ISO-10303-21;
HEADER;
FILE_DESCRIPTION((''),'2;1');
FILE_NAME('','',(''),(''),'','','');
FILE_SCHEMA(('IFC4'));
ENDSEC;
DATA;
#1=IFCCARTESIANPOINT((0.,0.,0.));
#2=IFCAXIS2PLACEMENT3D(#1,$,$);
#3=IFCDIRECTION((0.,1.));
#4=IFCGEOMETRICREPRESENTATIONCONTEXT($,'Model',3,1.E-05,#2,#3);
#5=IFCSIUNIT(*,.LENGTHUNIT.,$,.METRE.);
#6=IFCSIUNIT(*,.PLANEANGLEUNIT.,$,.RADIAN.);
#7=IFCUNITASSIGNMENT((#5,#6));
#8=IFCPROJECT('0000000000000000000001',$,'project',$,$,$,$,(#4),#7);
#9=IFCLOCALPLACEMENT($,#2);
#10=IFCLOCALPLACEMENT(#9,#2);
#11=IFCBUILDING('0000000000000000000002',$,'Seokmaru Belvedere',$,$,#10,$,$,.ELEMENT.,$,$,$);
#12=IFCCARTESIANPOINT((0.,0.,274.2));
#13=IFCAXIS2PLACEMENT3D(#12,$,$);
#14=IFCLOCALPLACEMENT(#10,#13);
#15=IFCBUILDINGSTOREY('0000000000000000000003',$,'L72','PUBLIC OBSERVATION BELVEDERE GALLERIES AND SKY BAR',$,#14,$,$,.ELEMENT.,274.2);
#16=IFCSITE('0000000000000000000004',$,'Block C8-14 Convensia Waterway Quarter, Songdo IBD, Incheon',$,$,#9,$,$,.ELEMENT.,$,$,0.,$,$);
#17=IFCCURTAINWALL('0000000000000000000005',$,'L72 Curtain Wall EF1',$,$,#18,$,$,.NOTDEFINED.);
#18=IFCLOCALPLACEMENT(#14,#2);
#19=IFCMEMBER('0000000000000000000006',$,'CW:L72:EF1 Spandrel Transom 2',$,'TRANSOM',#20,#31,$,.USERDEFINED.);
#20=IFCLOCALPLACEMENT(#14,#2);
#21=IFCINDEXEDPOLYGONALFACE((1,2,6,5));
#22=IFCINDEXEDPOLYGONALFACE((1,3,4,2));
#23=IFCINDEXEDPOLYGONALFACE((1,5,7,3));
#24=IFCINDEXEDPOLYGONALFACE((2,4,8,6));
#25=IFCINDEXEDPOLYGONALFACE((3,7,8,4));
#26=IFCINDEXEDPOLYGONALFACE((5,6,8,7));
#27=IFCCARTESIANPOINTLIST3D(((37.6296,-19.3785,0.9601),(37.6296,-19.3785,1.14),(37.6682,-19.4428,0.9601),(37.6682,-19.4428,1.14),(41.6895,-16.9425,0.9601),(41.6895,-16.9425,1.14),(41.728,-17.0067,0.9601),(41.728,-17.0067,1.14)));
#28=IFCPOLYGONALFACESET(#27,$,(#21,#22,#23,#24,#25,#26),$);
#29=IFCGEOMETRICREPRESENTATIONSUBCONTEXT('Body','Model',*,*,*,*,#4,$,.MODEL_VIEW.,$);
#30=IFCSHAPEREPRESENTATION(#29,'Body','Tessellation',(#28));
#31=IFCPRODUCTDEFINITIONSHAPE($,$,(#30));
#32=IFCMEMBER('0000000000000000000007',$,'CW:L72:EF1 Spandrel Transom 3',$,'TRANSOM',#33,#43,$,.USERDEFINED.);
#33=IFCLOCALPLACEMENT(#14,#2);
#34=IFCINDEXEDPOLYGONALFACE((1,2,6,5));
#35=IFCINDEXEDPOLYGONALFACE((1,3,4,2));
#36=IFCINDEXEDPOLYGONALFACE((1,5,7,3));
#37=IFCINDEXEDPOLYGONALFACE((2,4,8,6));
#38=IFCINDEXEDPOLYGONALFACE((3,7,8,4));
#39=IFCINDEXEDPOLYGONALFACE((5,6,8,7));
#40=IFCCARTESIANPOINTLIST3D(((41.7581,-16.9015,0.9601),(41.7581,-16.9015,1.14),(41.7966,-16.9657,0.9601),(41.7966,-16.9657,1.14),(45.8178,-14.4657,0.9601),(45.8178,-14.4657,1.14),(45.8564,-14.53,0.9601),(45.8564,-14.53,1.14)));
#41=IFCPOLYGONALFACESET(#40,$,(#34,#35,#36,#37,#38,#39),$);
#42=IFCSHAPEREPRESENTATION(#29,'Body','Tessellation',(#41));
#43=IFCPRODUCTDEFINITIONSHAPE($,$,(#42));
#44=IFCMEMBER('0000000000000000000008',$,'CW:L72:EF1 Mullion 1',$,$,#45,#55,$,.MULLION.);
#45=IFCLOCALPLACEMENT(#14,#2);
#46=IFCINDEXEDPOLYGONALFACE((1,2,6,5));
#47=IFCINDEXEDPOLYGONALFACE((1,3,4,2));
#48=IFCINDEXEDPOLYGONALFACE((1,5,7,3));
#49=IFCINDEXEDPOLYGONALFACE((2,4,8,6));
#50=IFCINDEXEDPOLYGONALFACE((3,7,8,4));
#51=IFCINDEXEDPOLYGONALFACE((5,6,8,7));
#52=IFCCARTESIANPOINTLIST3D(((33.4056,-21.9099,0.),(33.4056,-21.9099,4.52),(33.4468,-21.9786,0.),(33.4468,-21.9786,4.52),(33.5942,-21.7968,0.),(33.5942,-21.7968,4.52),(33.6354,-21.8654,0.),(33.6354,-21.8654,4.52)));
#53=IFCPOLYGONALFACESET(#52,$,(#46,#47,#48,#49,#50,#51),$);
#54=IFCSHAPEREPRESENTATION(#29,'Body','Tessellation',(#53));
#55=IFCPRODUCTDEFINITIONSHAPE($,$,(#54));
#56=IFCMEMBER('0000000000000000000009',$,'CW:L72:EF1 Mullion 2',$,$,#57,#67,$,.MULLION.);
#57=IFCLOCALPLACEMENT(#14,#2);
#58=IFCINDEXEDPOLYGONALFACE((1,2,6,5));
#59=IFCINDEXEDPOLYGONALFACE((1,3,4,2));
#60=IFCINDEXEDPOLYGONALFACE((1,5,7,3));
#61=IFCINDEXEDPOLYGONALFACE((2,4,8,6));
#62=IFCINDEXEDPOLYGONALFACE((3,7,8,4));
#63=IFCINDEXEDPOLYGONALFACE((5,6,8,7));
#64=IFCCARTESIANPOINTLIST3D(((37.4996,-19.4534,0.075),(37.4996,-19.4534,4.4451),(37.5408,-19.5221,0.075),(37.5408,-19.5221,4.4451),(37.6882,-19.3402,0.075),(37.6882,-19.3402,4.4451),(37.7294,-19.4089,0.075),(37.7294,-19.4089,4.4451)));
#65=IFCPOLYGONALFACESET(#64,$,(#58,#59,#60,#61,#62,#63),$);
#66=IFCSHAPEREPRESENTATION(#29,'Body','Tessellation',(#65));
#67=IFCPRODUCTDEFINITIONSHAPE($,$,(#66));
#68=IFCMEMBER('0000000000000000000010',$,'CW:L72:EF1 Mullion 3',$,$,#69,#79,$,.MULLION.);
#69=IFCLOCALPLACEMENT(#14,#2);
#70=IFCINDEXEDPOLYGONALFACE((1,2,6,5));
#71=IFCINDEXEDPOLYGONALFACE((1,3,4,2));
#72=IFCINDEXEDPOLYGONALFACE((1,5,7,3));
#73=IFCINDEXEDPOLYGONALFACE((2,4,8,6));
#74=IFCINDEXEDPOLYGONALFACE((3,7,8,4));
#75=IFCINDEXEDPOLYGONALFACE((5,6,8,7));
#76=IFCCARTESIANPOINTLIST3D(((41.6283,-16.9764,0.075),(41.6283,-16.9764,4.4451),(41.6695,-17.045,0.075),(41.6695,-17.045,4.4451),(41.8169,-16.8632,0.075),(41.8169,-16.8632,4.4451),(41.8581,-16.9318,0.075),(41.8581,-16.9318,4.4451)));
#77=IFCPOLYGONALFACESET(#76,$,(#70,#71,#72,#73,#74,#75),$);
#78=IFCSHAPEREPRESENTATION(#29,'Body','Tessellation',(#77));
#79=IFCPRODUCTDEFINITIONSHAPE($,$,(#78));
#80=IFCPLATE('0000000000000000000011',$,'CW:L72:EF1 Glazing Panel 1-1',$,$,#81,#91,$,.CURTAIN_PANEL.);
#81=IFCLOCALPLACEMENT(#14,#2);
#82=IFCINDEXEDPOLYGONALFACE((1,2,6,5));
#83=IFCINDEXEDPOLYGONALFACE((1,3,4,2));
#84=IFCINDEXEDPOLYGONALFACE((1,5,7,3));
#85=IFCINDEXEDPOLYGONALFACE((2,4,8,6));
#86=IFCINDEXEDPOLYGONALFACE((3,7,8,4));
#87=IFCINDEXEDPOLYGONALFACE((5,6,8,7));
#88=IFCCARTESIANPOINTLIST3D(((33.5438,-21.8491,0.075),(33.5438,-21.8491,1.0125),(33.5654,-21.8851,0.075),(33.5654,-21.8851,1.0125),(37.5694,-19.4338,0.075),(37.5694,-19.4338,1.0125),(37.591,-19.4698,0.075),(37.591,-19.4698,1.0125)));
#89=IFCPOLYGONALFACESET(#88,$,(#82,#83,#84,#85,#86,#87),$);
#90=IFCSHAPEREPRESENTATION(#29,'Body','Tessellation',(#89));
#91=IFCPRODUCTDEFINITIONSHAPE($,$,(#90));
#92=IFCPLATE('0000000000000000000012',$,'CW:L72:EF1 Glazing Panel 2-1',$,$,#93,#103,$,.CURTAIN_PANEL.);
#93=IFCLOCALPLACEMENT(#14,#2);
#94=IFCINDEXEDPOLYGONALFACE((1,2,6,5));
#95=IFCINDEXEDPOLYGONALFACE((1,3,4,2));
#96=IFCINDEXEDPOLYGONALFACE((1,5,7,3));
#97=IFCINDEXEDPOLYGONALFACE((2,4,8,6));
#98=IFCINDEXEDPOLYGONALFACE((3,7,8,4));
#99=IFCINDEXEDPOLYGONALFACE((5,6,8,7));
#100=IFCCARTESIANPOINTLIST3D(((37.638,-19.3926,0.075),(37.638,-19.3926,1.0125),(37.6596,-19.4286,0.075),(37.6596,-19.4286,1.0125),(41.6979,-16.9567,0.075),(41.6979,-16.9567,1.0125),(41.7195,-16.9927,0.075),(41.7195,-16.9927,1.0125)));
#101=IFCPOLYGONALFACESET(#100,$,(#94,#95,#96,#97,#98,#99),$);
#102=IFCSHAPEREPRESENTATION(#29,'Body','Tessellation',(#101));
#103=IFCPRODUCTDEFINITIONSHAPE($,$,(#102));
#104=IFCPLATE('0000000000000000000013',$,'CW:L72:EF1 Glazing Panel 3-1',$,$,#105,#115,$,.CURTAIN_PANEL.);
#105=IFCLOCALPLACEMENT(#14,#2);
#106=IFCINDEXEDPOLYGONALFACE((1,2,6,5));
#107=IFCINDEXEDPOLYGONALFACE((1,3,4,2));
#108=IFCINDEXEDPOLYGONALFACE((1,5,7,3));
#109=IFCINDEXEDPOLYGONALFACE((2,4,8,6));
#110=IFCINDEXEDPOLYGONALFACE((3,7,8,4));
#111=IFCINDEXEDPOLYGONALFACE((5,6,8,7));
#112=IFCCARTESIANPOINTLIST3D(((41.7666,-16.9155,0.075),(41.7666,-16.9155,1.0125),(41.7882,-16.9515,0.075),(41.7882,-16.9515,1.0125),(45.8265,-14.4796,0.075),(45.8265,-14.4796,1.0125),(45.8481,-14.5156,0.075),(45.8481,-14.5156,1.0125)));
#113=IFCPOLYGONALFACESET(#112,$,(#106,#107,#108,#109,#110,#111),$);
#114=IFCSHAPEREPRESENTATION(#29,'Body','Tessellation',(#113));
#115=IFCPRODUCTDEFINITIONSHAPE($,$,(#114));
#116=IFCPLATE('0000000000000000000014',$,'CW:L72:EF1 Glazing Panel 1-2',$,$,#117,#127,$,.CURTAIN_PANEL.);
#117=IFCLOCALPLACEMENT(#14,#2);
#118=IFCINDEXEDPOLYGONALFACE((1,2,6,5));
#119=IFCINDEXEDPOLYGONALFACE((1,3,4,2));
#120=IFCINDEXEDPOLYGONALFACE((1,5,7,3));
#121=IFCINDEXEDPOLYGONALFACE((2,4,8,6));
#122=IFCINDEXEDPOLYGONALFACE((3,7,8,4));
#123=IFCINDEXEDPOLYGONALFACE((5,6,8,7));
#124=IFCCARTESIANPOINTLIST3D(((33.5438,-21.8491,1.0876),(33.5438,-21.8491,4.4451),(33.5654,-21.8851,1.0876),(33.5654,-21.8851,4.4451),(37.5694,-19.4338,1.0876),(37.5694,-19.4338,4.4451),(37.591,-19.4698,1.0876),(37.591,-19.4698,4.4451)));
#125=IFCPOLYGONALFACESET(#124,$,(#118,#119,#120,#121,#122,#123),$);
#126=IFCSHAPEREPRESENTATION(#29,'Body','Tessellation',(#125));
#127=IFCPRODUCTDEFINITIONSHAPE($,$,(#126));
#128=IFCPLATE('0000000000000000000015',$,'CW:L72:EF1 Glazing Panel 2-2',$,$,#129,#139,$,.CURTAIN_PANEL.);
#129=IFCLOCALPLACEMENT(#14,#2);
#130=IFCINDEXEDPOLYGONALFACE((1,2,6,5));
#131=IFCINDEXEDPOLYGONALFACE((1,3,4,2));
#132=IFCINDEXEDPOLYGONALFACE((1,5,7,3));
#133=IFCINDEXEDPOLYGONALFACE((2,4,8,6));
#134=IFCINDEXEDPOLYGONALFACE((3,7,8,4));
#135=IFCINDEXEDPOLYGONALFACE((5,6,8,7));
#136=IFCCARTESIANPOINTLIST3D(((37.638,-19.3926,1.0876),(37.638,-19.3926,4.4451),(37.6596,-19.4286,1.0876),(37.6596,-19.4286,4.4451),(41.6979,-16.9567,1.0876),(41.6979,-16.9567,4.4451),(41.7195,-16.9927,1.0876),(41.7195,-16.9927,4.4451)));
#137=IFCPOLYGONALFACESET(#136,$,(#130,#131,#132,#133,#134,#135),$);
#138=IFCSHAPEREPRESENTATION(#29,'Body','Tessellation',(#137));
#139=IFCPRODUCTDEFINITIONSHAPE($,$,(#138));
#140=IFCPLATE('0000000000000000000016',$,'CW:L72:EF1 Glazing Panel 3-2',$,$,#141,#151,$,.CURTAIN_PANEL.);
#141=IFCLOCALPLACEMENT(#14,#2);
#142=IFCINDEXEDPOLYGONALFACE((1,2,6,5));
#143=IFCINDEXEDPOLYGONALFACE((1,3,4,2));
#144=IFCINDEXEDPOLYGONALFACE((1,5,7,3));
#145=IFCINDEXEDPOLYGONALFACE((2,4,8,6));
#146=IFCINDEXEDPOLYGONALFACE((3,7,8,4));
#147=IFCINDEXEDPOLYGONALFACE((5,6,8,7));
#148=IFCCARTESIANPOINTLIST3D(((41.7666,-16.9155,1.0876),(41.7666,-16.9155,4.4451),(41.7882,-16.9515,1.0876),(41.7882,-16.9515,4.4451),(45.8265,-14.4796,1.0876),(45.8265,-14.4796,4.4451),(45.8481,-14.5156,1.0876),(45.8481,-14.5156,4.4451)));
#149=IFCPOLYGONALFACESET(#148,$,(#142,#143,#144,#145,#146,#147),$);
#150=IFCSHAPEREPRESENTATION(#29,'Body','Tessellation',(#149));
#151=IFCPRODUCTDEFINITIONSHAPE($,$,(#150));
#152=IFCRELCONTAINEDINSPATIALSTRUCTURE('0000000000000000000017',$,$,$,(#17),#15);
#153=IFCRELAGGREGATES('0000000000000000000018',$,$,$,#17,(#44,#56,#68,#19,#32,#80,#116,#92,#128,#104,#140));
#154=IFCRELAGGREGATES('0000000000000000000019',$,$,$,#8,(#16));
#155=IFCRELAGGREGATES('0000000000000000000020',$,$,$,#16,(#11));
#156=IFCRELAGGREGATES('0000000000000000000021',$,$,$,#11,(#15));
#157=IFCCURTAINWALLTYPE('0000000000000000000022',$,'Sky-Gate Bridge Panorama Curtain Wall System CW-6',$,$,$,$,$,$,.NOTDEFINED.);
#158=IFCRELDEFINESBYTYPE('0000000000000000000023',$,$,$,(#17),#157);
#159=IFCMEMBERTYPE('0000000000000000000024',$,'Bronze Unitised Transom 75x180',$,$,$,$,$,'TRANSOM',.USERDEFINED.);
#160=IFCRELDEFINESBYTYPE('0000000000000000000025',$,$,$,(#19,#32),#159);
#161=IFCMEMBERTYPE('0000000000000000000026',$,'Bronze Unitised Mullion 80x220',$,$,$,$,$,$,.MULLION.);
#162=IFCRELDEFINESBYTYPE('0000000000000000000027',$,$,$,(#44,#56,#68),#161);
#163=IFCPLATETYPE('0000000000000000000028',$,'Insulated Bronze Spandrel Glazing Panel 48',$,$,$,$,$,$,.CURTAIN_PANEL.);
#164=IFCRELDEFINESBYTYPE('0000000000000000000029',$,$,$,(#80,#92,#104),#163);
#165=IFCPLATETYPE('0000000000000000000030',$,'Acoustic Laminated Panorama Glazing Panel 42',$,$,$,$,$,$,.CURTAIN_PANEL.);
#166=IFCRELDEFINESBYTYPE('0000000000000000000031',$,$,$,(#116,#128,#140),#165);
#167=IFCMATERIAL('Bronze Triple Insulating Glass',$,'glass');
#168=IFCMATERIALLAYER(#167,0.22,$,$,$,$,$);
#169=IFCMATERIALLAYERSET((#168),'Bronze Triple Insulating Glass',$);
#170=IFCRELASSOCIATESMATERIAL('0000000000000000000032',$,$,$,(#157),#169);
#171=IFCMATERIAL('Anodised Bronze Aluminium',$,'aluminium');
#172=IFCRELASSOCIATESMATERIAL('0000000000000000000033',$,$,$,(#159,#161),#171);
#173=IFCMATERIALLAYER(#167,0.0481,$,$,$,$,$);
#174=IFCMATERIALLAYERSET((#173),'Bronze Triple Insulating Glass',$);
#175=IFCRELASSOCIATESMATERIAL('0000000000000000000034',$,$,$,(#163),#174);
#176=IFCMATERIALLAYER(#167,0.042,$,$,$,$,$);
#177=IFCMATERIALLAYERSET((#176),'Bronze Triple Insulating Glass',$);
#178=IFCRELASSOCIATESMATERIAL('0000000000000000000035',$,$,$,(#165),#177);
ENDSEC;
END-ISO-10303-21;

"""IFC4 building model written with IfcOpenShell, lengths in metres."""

from ifc_helpers import new_model, si_unit, direction, frame, origin, origin_2d, place, context, subcontext, project, spatial, rectangle, extrude, source, transform, mapped, material, layer, layer_set, material_profile, profile_set, type_object, type_shapes, element, aggregate, save


model = new_model("IFC4")

# Units and contexts
model_context = context("Model", 3, precision=1e-05, world=origin(), true_north=direction((0.0, 1.0)))
body_context = subcontext(model_context, "Body", "Model", "MODEL_VIEW")
ifc_project = project(units=[si_unit("LENGTHUNIT", "METRE"), si_unit("PLANEANGLEUNIT", "RADIAN")], contexts=[model_context])

# Site, building, storey
site_placement = place(None, origin())
site = spatial("IfcSite", under=ifc_project, at=site_placement, Name="Block C8-14 Convensia Waterway Quarter, Songdo IBD, Incheon", CompositionType="ELEMENT", RefElevation=0.0)
building_placement = place(site_placement, origin())
building = spatial("IfcBuilding", under=site, at=building_placement, Name="Seokmaru Belvedere", CompositionType="ELEMENT")
storey_placement = place(building_placement, frame((0.0, 0.0, 274.2)))
storey = spatial("IfcBuildingStorey", under=building, at=storey_placement, Name="L72", Description="PUBLIC OBSERVATION BELVEDERE GALLERIES AND SKY BAR", CompositionType="ELEMENT", Elevation=274.2)

# Curtain wall, members, plates
ifc_material_1 = material(Name="Bronze Triple Insulating Glass", Category="glass")
ifc_layer_1 = layer(ifc_material_1, 0.22)
ifc_layer_set_1 = layer_set([ifc_layer_1], Name="Bronze Triple Insulating Glass")
curtain_wall_type = type_object("IfcCurtainWallType", Name="Sky-Gate Bridge Panorama Curtain Wall System CW-6", PredefinedType="NOTDEFINED", material=ifc_layer_set_1)
curtain_wall_placement = place(storey_placement, origin())
curtain_wall = element("IfcCurtainWall", 1, at=curtain_wall_placement, inside=storey, type_object=curtain_wall_type, Name="L72 Curtain Wall EF1", PredefinedType="NOTDEFINED")
ifc_material_2 = material(Name="Anodised Bronze Aluminium", Category="aluminium")
ifc_material_profile_1 = material_profile(ifc_material_2, rectangle(XDim=0.075, YDim=0.1799, at=origin_2d()), Name="CW-T-75x180")
ifc_profile_set_1 = profile_set([ifc_material_profile_1], Name="Anodised Bronze Aluminium")
member_type_1 = type_object("IfcMemberType", Name="Bronze Unitised Transom 75x180", ElementType="TRANSOM", PredefinedType="USERDEFINED", material=ifc_profile_set_1)
shared_shape_1 = source(origin(), body_context, "Body", "SweptSolid", [
    extrude(rectangle(XDim=0.075, YDim=0.1799, at=origin_2d()), origin(), (0.0, 0.0, 1.0), 4.7346),
])
member_1_placement = place(storey_placement, frame((37.6489, -19.4106, 1.05), z_axis=(0.857479, 0.514519, 0.0), x_axis=(-0.514519, 0.857479, 0.0)))
member_1 = element("IfcMember", 2, at=member_1_placement, type_object=member_type_1, Name="CW:L72:EF1 Spandrel Transom 2", ObjectType="TRANSOM", PredefinedType="USERDEFINED", context=body_context, shape_type="MappedRepresentation", body=[
    mapped(shared_shape_1, transform((0.0, 0.0, 0.0), scale=1.0)),
])
shared_shape_2 = source(origin(), body_context, "Body", "SweptSolid", [
    extrude(rectangle(XDim=0.075, YDim=0.1799, at=origin_2d()), origin(), (0.0, 0.0, 1.0), 4.7344),
])
member_2_placement = place(storey_placement, frame((41.7773, -16.9336, 1.05), z_axis=(0.857502, 0.514481, 0.0), x_axis=(-0.514481, 0.857502, 0.0)))
member_2 = element("IfcMember", 3, at=member_2_placement, type_object=member_type_1, Name="CW:L72:EF1 Spandrel Transom 3", ObjectType="TRANSOM", PredefinedType="USERDEFINED", context=body_context, shape_type="MappedRepresentation", body=[
    mapped(shared_shape_2, transform((0.0, 0.0, 0.0), scale=1.0)),
])
ifc_material_profile_2 = material_profile(ifc_material_2, rectangle(XDim=0.0801, YDim=0.22, at=origin_2d()), Name="CW-M-80x220")
ifc_profile_set_2 = profile_set([ifc_material_profile_2], Name="Anodised Bronze Aluminium")
member_type_2 = type_object("IfcMemberType", Name="Bronze Unitised Mullion 80x220", PredefinedType="MULLION", material=ifc_profile_set_2)
shared_shape_3 = source(origin(), body_context, "Body", "SweptSolid", [
    extrude(rectangle(XDim=0.0801, YDim=0.22, at=origin_2d()), origin(), (0.0, 0.0, 1.0), 4.52),
])
member_3_placement = place(storey_placement, frame((33.5205, -21.8877, 0.0), z_axis=(0.0, 0.0, 1.0), x_axis=(-0.514495, 0.857493, 0.0)))
member_3 = element("IfcMember", 4, at=member_3_placement, type_object=member_type_2, Name="CW:L72:EF1 Mullion 1", PredefinedType="MULLION", context=body_context, shape_type="MappedRepresentation", body=[
    mapped(shared_shape_3, transform((0.0, 0.0, 0.0), scale=1.0)),
])
shared_shape_4 = source(origin(), body_context, "Body", "SweptSolid", [
    extrude(rectangle(XDim=0.0801, YDim=0.22, at=origin_2d()), origin(), (0.0, 0.0, 1.0), 4.3701),
])
type_shapes(member_type_2, [shared_shape_3, shared_shape_4])
member_4_placement = place(storey_placement, frame((37.6145, -19.4312, 0.075), z_axis=(0.0, 0.0, 1.0), x_axis=(-0.514495, 0.857493, 0.0)))
member_4 = element("IfcMember", 5, at=member_4_placement, type_object=member_type_2, Name="CW:L72:EF1 Mullion 2", PredefinedType="MULLION", context=body_context, shape_type="MappedRepresentation", body=[
    mapped(shared_shape_4, transform((0.0, 0.0, 0.0), scale=1.0)),
])
member_5_placement = place(storey_placement, frame((41.7432, -16.9541, 0.075), z_axis=(0.0, 0.0, 1.0), x_axis=(-0.514495, 0.857493, 0.0)))
member_5 = element("IfcMember", 6, at=member_5_placement, type_object=member_type_2, Name="CW:L72:EF1 Mullion 3", PredefinedType="MULLION", context=body_context, shape_type="MappedRepresentation", body=[
    mapped(shared_shape_4, transform((0.0, 0.0, 0.0), scale=1.0)),
])
ifc_layer_2 = layer(ifc_material_1, 0.0481)
ifc_layer_set_2 = layer_set([ifc_layer_2], Name="Bronze Triple Insulating Glass")
plate_type_1 = type_object("IfcPlateType", Name="Insulated Bronze Spandrel Glazing Panel 48", PredefinedType="CURTAIN_PANEL", material=ifc_layer_set_2)
shared_shape_5 = source(origin(), body_context, "Body", "SweptSolid", [
    extrude(rectangle(XDim=4.6946, YDim=0.042, at=origin_2d()), origin(), (0.0, 0.0, 1.0), 0.9375),
])
plate_1_placement = place(storey_placement, frame((35.5674, -20.6594, 0.075), z_axis=(0.0, 0.0, 1.0), x_axis=(0.857493, 0.514495, 0.0)))
plate_1 = element("IfcPlate", 7, at=plate_1_placement, type_object=plate_type_1, Name="CW:L72:EF1 Glazing Panel 1-1", PredefinedType="CURTAIN_PANEL", context=body_context, shape_type="MappedRepresentation", body=[
    mapped(shared_shape_5, transform((0.0, 0.0, 0.0), scale=1.0)),
])
shared_shape_6 = source(origin(), body_context, "Body", "SweptSolid", [
    extrude(rectangle(XDim=4.7346, YDim=0.042, at=origin_2d()), origin(), (0.0, 0.0, 1.0), 0.9375),
])
type_shapes(plate_type_1, [shared_shape_5, shared_shape_6])
plate_2_placement = place(storey_placement, frame((39.6787, -18.1926, 0.075), z_axis=(0.0, 0.0, 1.0), x_axis=(0.857493, 0.514495, 0.0)))
plate_2 = element("IfcPlate", 8, at=plate_2_placement, type_object=plate_type_1, Name="CW:L72:EF1 Glazing Panel 2-1", PredefinedType="CURTAIN_PANEL", context=body_context, shape_type="MappedRepresentation", body=[
    mapped(shared_shape_6, transform((0.0, 0.0, 0.0), scale=1.0)),
])
plate_3_placement = place(storey_placement, frame((43.8074, -15.7156, 0.075), z_axis=(0.0, 0.0, 1.0), x_axis=(0.857493, 0.514495, 0.0)))
plate_3 = element("IfcPlate", 9, at=plate_3_placement, type_object=plate_type_1, Name="CW:L72:EF1 Glazing Panel 3-1", PredefinedType="CURTAIN_PANEL", context=body_context, shape_type="MappedRepresentation", body=[
    mapped(shared_shape_6, transform((0.0, 0.0, 0.0), scale=1.0)),
])
ifc_layer_3 = layer(ifc_material_1, 0.042)
ifc_layer_set_3 = layer_set([ifc_layer_3], Name="Bronze Triple Insulating Glass")
plate_type_2 = type_object("IfcPlateType", Name="Acoustic Laminated Panorama Glazing Panel 42", PredefinedType="CURTAIN_PANEL", material=ifc_layer_set_3)
shared_shape_7 = source(origin(), body_context, "Body", "SweptSolid", [
    extrude(rectangle(XDim=4.6946, YDim=0.042, at=origin_2d()), origin(), (0.0, 0.0, 1.0), 3.3574),
])
plate_4_placement = place(storey_placement, frame((35.5674, -20.6594, 1.0876), z_axis=(0.0, 0.0, 1.0), x_axis=(0.857493, 0.514495, 0.0)))
plate_4 = element("IfcPlate", 10, at=plate_4_placement, type_object=plate_type_2, Name="CW:L72:EF1 Glazing Panel 1-2", PredefinedType="CURTAIN_PANEL", context=body_context, shape_type="MappedRepresentation", body=[
    mapped(shared_shape_7, transform((0.0, 0.0, 0.0), scale=1.0)),
])
shared_shape_8 = source(origin(), body_context, "Body", "SweptSolid", [
    extrude(rectangle(XDim=4.7346, YDim=0.042, at=origin_2d()), origin(), (0.0, 0.0, 1.0), 3.3574),
])
type_shapes(plate_type_2, [shared_shape_7, shared_shape_8])
plate_5_placement = place(storey_placement, frame((39.6787, -18.1926, 1.0876), z_axis=(0.0, 0.0, 1.0), x_axis=(0.857493, 0.514495, 0.0)))
plate_5 = element("IfcPlate", 11, at=plate_5_placement, type_object=plate_type_2, Name="CW:L72:EF1 Glazing Panel 2-2", PredefinedType="CURTAIN_PANEL", context=body_context, shape_type="MappedRepresentation", body=[
    mapped(shared_shape_8, transform((0.0, 0.0, 0.0), scale=1.0)),
])
plate_6_placement = place(storey_placement, frame((43.8074, -15.7156, 1.0876), z_axis=(0.0, 0.0, 1.0), x_axis=(0.857493, 0.514495, 0.0)))
plate_6 = element("IfcPlate", 12, at=plate_6_placement, type_object=plate_type_2, Name="CW:L72:EF1 Glazing Panel 3-2", PredefinedType="CURTAIN_PANEL", context=body_context, shape_type="MappedRepresentation", body=[
    mapped(shared_shape_8, transform((0.0, 0.0, 0.0), scale=1.0)),
])
aggregate(curtain_wall, [member_3, member_4, member_5, member_1, member_2, plate_1, plate_4, plate_2, plate_5, plate_3, plate_6])

save(model, "model.ifc")
